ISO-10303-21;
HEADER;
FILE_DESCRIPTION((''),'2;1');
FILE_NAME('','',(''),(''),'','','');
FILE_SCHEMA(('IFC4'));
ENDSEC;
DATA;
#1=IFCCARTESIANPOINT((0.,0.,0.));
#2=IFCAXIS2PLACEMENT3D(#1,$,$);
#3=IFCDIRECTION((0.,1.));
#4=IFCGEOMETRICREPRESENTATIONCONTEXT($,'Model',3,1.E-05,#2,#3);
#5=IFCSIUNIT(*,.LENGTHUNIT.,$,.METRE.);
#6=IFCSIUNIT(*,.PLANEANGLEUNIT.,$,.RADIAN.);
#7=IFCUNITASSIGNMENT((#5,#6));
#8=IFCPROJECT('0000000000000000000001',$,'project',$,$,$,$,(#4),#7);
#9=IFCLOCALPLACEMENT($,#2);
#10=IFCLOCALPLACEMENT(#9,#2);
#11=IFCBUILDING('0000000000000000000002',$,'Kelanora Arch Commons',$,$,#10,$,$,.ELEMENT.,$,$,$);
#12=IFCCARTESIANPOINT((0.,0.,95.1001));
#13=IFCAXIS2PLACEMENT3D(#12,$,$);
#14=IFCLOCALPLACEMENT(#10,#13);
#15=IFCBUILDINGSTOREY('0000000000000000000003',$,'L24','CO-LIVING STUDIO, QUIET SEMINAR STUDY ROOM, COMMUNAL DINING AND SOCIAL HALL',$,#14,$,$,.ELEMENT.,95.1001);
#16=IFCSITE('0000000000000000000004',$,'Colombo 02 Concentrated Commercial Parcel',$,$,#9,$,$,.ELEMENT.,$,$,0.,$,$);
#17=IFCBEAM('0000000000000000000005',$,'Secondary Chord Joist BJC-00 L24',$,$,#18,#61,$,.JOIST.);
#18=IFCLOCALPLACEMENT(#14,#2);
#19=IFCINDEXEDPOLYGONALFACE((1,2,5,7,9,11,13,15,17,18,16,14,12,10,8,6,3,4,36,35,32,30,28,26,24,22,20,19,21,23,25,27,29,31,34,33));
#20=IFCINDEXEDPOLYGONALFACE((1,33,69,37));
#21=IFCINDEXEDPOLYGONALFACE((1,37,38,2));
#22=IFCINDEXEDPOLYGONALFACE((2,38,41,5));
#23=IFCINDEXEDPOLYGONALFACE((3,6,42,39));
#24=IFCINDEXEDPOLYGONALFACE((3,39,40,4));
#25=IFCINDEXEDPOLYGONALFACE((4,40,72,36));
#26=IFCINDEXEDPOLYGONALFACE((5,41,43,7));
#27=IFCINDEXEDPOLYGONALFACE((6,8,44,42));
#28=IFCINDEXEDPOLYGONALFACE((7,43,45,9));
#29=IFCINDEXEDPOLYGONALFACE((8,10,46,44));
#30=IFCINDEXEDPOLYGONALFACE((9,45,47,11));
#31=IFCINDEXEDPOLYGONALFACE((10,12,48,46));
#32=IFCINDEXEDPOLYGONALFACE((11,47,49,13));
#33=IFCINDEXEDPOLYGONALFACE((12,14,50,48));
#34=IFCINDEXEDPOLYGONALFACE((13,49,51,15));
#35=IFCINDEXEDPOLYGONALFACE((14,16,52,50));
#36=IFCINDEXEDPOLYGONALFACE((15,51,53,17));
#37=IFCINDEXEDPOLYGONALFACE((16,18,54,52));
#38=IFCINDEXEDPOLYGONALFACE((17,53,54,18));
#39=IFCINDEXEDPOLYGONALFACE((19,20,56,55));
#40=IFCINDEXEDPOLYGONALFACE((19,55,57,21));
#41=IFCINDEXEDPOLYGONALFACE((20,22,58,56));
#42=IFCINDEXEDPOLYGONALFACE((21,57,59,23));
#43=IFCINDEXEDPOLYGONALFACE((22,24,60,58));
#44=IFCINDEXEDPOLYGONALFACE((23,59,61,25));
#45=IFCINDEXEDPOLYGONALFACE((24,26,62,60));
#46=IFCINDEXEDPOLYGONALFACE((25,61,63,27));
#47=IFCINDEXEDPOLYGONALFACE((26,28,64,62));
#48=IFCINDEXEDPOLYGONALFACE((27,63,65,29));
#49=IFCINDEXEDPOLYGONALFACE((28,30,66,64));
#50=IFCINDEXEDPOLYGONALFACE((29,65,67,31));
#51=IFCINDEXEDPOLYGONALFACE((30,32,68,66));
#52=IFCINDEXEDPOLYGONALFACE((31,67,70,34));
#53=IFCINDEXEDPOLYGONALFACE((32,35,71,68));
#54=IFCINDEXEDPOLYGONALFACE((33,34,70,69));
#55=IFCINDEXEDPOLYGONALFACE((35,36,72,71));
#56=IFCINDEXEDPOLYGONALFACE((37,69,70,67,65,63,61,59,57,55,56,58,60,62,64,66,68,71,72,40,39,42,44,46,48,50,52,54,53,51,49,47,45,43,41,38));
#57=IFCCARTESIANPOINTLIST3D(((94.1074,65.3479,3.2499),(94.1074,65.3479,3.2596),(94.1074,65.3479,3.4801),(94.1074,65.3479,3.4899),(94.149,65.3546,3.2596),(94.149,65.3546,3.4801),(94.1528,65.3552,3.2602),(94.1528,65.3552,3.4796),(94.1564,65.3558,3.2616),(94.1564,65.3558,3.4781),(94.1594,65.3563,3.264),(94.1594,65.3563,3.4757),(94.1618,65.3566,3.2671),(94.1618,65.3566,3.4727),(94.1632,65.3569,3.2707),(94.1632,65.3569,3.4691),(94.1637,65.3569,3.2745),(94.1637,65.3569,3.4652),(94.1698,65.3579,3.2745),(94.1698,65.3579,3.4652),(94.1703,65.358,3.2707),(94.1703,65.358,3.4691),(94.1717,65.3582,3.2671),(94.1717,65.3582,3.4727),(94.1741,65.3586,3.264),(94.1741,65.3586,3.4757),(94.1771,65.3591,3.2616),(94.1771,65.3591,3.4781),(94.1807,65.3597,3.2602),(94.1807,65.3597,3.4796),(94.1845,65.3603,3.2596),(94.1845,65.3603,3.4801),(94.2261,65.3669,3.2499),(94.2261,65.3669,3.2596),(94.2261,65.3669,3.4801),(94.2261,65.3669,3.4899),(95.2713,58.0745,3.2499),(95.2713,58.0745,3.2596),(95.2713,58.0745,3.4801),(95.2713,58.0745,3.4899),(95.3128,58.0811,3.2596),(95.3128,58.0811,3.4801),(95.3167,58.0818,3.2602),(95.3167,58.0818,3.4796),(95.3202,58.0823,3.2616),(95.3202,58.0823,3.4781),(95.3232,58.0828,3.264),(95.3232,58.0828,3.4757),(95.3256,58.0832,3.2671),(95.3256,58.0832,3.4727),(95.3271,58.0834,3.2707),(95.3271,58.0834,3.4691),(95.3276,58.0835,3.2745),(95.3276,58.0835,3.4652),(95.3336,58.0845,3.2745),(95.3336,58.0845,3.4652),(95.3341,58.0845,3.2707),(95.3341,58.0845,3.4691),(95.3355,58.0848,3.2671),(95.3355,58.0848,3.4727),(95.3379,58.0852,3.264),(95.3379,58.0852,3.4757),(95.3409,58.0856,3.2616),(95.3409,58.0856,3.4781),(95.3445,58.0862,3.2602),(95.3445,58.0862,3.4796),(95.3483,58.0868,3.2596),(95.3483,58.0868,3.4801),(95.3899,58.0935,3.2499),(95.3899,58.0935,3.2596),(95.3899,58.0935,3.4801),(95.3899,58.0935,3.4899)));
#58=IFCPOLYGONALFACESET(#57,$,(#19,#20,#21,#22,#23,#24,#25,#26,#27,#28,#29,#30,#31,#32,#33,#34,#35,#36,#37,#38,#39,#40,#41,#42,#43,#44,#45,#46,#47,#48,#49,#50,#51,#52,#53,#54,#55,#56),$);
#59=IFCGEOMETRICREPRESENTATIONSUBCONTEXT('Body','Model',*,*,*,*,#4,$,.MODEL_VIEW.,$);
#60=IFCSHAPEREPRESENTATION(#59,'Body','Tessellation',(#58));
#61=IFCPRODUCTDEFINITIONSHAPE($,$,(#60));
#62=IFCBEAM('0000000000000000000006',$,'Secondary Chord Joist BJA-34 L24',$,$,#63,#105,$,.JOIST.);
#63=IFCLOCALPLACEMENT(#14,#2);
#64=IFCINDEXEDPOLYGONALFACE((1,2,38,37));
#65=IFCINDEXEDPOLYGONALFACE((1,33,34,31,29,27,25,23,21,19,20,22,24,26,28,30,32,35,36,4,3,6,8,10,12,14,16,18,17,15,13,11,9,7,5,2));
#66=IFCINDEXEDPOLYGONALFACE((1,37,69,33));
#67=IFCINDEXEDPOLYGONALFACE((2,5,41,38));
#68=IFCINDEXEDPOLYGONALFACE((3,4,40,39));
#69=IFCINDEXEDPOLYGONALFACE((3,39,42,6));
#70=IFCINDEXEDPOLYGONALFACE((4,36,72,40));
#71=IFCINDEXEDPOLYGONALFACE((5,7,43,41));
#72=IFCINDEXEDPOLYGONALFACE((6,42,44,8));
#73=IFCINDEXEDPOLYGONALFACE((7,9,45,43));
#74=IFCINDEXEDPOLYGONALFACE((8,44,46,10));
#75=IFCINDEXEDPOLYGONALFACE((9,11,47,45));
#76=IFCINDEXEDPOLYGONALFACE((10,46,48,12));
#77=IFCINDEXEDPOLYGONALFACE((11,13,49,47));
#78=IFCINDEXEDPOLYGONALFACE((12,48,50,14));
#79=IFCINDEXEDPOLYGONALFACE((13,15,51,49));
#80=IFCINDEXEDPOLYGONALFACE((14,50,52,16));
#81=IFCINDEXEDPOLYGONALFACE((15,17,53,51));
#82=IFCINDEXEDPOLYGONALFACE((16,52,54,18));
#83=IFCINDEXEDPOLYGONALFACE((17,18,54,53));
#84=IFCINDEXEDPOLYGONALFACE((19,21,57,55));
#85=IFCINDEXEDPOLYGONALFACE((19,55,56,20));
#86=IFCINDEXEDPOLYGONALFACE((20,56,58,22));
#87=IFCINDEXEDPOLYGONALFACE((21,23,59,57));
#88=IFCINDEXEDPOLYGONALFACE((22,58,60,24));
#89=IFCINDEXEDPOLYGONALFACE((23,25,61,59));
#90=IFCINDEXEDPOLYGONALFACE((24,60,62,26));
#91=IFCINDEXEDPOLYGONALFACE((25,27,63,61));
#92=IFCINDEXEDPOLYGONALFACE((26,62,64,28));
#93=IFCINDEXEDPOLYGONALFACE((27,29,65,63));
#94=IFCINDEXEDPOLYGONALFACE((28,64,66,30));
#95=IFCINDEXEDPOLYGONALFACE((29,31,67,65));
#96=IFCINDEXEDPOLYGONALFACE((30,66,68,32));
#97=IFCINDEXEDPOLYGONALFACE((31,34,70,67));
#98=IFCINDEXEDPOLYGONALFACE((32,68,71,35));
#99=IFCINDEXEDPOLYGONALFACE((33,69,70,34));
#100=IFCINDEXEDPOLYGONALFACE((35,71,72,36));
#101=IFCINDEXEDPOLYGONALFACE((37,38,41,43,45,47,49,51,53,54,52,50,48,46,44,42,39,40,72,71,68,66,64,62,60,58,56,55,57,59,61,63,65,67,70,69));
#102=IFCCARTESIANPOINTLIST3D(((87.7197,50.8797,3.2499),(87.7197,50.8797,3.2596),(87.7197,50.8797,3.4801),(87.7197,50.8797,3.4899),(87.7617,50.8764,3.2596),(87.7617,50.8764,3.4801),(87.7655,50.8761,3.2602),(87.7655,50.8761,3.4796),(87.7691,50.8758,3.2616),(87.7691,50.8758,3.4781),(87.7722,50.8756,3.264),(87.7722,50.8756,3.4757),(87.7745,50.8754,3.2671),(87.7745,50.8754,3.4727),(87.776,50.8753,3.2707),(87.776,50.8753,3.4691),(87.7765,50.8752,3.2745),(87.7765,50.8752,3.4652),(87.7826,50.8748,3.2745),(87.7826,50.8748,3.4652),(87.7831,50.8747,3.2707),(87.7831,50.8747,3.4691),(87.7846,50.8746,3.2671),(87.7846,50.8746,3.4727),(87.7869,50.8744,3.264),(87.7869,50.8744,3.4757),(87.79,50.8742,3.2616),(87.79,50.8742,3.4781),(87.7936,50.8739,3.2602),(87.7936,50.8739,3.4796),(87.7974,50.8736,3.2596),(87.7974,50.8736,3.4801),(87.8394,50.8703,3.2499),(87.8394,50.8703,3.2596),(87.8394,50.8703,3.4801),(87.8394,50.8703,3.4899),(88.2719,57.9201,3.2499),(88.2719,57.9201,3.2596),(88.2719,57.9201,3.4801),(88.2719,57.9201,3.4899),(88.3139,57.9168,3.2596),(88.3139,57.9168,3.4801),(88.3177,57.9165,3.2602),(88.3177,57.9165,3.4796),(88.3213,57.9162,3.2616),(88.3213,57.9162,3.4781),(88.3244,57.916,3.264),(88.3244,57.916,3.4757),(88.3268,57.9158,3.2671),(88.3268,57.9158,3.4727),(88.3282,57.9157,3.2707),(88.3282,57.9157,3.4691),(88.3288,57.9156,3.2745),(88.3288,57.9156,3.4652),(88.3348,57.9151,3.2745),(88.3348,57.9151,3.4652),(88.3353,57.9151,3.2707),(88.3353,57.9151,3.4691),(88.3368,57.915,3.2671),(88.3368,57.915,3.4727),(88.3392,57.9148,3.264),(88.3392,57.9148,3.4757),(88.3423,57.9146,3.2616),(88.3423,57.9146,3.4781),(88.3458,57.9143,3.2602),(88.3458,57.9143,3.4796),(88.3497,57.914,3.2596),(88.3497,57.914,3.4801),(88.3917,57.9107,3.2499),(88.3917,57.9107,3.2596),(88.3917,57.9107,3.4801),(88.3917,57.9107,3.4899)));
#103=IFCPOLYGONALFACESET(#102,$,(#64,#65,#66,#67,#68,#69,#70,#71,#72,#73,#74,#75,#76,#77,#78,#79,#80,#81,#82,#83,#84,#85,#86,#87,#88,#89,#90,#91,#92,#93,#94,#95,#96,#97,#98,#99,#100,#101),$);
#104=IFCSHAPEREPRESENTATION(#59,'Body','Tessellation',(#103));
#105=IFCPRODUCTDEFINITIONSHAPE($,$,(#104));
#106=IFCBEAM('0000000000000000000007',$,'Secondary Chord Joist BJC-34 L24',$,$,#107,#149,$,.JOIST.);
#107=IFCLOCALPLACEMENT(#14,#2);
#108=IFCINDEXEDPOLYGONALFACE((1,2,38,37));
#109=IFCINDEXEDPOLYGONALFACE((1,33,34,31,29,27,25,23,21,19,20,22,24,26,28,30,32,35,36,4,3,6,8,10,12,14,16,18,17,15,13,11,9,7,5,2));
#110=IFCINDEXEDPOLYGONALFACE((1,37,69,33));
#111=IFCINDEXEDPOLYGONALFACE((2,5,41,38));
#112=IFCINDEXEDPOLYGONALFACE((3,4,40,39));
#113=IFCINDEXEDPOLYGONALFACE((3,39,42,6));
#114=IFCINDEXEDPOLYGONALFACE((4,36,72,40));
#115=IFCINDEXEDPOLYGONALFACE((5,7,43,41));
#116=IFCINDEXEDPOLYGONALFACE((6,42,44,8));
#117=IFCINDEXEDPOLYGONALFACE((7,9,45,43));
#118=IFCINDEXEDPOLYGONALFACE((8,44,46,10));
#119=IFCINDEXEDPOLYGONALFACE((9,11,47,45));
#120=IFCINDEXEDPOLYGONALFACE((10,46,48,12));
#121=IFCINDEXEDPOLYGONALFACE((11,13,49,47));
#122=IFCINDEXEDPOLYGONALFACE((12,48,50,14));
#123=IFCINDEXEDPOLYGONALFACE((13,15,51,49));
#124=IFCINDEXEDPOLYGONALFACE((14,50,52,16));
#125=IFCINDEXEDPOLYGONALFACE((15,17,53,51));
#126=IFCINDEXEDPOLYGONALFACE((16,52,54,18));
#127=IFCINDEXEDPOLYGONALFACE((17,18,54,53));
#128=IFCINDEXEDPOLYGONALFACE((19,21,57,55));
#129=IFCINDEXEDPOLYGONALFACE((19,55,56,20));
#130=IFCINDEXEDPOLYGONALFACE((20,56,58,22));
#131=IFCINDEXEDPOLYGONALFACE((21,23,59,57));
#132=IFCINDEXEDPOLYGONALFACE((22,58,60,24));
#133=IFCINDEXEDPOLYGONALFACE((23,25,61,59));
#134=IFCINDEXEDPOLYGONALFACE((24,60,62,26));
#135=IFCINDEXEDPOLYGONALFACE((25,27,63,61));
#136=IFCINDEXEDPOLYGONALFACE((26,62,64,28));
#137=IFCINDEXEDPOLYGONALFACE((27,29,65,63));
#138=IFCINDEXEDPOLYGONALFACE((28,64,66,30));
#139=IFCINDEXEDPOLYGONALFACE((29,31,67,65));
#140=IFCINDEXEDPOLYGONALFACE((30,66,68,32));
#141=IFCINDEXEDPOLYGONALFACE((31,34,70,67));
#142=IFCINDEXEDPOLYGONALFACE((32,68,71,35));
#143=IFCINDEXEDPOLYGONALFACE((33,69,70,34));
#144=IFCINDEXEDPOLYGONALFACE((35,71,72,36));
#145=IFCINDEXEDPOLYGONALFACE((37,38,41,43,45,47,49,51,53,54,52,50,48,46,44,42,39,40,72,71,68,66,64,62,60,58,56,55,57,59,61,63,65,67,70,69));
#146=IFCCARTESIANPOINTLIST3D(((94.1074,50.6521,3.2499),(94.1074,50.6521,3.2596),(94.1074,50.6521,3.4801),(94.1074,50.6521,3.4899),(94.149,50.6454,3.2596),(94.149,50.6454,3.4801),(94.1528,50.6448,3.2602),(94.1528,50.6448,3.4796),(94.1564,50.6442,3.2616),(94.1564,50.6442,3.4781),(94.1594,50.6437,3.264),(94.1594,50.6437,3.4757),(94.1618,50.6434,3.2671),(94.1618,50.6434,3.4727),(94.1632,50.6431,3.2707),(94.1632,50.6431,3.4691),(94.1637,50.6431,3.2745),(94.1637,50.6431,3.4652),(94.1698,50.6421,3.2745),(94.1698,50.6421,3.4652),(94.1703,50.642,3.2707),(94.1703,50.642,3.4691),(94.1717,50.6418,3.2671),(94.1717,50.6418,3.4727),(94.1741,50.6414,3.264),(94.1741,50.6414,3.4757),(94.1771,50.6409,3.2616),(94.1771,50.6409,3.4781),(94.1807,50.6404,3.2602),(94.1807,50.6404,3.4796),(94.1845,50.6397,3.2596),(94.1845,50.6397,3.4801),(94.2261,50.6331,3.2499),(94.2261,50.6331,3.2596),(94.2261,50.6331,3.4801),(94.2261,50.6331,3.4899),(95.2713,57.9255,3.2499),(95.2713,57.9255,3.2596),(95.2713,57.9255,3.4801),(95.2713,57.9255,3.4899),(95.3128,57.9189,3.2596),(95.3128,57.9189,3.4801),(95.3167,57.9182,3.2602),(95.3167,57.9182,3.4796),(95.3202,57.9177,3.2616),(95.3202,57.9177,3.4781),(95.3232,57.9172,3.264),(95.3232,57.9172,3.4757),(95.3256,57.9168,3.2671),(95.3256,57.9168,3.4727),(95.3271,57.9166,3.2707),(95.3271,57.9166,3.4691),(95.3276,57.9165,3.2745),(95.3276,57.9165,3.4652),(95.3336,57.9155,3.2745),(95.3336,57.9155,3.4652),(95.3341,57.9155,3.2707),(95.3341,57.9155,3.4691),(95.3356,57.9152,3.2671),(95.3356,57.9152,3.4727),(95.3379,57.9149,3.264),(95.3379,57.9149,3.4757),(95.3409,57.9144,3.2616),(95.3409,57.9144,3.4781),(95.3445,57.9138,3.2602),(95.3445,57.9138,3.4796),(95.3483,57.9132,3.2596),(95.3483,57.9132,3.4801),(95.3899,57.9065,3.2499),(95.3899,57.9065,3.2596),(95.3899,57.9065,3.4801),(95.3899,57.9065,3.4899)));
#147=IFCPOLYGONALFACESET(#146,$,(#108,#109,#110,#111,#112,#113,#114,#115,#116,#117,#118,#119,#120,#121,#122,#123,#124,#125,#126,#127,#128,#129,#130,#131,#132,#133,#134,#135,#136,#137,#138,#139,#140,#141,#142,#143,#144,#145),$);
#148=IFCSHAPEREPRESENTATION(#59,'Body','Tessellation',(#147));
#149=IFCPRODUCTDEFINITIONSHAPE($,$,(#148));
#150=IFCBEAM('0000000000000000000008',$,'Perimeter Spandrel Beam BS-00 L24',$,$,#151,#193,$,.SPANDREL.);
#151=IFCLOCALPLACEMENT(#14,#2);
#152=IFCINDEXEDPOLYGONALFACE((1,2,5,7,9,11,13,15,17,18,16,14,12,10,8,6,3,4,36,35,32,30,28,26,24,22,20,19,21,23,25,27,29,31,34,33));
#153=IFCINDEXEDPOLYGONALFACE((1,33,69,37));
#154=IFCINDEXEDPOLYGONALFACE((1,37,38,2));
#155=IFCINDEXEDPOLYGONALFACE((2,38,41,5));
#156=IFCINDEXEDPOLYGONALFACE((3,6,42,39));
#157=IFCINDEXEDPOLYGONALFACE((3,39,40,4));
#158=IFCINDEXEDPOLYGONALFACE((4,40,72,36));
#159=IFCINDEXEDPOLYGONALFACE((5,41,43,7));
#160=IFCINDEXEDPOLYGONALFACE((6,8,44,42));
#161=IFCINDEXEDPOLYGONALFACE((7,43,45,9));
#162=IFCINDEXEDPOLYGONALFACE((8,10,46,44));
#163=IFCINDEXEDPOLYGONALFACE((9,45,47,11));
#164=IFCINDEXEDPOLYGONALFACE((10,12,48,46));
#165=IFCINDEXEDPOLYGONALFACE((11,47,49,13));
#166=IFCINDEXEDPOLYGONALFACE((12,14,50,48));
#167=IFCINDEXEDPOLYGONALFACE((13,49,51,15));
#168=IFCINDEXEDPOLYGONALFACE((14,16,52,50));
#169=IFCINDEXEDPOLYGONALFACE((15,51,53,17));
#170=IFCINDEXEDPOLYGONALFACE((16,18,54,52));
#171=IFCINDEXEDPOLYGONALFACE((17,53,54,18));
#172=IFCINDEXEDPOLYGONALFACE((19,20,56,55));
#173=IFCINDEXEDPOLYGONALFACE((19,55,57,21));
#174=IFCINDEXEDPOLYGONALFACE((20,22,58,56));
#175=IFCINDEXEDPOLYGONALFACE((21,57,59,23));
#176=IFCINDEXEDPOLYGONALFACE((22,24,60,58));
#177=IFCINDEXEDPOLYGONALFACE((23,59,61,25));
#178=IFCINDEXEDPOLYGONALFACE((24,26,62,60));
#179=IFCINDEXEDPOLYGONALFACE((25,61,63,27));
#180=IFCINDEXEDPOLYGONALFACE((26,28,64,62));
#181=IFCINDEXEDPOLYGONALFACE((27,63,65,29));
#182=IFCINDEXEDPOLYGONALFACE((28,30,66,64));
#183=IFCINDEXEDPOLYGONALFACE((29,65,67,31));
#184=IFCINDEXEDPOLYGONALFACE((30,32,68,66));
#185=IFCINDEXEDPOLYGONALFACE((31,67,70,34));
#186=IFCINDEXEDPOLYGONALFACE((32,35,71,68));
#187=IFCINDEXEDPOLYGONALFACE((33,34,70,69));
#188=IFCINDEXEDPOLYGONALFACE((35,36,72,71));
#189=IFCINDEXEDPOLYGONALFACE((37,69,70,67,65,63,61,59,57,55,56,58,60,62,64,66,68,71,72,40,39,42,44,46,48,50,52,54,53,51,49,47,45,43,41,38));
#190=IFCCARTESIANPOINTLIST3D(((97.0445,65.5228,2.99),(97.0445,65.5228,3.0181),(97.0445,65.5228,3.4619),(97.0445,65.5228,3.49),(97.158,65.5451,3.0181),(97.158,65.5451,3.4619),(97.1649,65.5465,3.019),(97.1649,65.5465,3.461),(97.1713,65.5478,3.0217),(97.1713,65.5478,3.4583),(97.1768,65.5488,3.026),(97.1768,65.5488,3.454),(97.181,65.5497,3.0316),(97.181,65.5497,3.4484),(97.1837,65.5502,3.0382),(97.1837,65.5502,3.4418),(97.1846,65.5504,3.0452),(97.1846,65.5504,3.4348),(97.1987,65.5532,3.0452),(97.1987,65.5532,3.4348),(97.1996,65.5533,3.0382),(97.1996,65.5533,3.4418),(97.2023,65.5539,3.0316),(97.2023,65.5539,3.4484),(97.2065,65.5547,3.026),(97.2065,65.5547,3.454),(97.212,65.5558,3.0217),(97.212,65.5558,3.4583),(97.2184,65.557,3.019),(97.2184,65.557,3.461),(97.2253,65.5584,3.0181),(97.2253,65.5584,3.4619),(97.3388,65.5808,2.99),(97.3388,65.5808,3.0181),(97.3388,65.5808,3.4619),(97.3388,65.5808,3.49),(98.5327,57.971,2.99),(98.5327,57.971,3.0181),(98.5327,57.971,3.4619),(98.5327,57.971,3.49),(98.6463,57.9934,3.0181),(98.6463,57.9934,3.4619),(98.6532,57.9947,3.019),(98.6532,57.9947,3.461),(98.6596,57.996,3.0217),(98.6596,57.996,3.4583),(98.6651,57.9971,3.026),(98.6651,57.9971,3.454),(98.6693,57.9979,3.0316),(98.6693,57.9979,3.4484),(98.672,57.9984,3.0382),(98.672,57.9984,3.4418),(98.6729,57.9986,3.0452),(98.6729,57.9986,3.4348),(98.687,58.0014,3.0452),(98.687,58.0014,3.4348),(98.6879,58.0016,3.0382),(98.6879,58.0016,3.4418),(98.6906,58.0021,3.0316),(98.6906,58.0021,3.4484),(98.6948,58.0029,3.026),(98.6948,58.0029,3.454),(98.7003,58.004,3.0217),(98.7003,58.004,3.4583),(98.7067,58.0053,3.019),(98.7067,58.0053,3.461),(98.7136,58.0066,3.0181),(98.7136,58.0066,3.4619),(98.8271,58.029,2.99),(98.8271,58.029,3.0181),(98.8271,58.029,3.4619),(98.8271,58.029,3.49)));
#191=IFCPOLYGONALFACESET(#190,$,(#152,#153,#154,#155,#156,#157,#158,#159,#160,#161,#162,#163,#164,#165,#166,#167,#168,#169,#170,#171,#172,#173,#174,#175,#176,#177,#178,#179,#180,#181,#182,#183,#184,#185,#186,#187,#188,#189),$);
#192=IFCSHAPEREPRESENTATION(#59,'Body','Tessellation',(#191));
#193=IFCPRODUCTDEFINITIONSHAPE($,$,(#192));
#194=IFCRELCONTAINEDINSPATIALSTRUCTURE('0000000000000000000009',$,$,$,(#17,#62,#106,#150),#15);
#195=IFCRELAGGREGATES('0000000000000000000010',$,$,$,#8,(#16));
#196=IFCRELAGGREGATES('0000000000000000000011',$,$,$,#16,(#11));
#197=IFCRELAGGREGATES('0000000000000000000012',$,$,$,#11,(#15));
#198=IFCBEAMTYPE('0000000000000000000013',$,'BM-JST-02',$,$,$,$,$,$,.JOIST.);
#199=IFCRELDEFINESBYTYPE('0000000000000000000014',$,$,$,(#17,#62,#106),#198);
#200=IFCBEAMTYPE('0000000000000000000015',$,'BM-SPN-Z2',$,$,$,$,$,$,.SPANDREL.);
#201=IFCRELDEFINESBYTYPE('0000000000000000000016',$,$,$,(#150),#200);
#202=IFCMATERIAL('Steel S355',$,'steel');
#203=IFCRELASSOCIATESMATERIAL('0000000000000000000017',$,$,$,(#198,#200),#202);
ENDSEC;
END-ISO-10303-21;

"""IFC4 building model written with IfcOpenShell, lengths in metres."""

from ifc_helpers import new_model, si_unit, direction, frame, origin, origin_2d, place, context, subcontext, project, spatial, i_section, extrude, material, material_profile, profile_set, type_object, element, save


model = new_model("IFC4")

# Units and contexts
model_context = context("Model", 3, precision=1e-05, world=origin(), true_north=direction((0.0, 1.0)))
body_context = subcontext(model_context, "Body", "Model", "MODEL_VIEW")
ifc_project = project(units=[si_unit("LENGTHUNIT", "METRE"), si_unit("PLANEANGLEUNIT", "RADIAN")], contexts=[model_context])

# Site, building, storey
site_placement = place(None, origin())
site = spatial("IfcSite", under=ifc_project, at=site_placement, Name="Colombo 02 Concentrated Commercial Parcel", CompositionType="ELEMENT", RefElevation=0.0)
building_placement = place(site_placement, origin())
building = spatial("IfcBuilding", under=site, at=building_placement, Name="Kelanora Arch Commons", CompositionType="ELEMENT")
storey_placement = place(building_placement, frame((0.0, 0.0, 95.1001)))
storey = spatial("IfcBuildingStorey", under=building, at=storey_placement, Name="L24", Description="CO-LIVING STUDIO, QUIET SEMINAR STUDY ROOM, COMMUNAL DINING AND SOCIAL HALL", CompositionType="ELEMENT", Elevation=95.1001)

# Beams
ifc_material_1 = material(Name="Steel S355", Category="steel")
ifc_material_profile_1 = material_profile(ifc_material_1, i_section(OverallWidth=0.1201, OverallDepth=0.24, WebThickness=0.0061, FlangeThickness=0.0098, FilletRadius=0.0149, at=origin_2d()), Name="IPE240")
ifc_profile_set_1 = profile_set([ifc_material_profile_1], Name="Steel S355")
beam_type_1 = type_object("IfcBeamType", Name="BM-JST-02", PredefinedType="JOIST", material=ifc_profile_set_1)
beam_1_placement = place(storey_placement, frame((95.3306, 58.084, 3.3699), z_axis=(-0.158, 0.987439, 0.0), x_axis=(-0.987439, -0.158, 0.0)))
element("IfcBeam", 1, at=beam_1_placement, inside=storey, type_object=beam_type_1, Name="Secondary Chord Joist BJC-00 L24", PredefinedType="JOIST", context=body_context, shape_type="SweptSolid", body=[
    extrude(i_section(OverallWidth=0.1201, OverallDepth=0.24, WebThickness=0.0061, FlangeThickness=0.0098, FilletRadius=0.0149, at=origin_2d()), origin(), (0.0, 0.0, 1.0), 7.366),
])
beam_2_placement = place(storey_placement, frame((87.7795, 50.875, 3.3699), z_axis=(0.078201, 0.996938, 0.0), x_axis=(-0.996938, 0.078201, 0.0)))
element("IfcBeam", 2, at=beam_2_placement, inside=storey, type_object=beam_type_1, Name="Secondary Chord Joist BJA-34 L24", PredefinedType="JOIST", context=body_context, shape_type="SweptSolid", body=[
    extrude(i_section(OverallWidth=0.1201, OverallDepth=0.24, WebThickness=0.0061, FlangeThickness=0.0098, FilletRadius=0.0149, at=origin_2d()), origin(), (0.0, 0.0, 1.0), 7.062),
])
beam_3_placement = place(storey_placement, frame((94.1667, 50.6426, 3.3699), z_axis=(0.158, 0.987439, 0.0), x_axis=(-0.987439, 0.158, 0.0)))
element("IfcBeam", 3, at=beam_3_placement, inside=storey, type_object=beam_type_1, Name="Secondary Chord Joist BJC-34 L24", PredefinedType="JOIST", context=body_context, shape_type="SweptSolid", body=[
    extrude(i_section(OverallWidth=0.1201, OverallDepth=0.24, WebThickness=0.0061, FlangeThickness=0.0098, FilletRadius=0.0149, at=origin_2d()), origin(), (0.0, 0.0, 1.0), 7.366),
])
ifc_material_profile_2 = material_profile(ifc_material_1, i_section(OverallWidth=0.3, OverallDepth=0.5, WebThickness=0.0144, FlangeThickness=0.0281, FilletRadius=0.0271, at=origin_2d()), Name="HEB500")
ifc_profile_set_2 = profile_set([ifc_material_profile_2], Name="Steel S355")
beam_type_2 = type_object("IfcBeamType", Name="BM-SPN-Z2", PredefinedType="SPANDREL", material=ifc_profile_set_2)
for number, where, z_axis, x_axis, name in (
    (4, (98.6799, 58.0, 3.24), (-0.193358, 0.981128, 0.0), (-0.981128, -0.193358, 0.0), "Perimeter Spandrel Beam BS-00 L24"),
):
    element("IfcBeam", number, at=place(storey_placement, frame(where, z_axis=z_axis, x_axis=x_axis)), inside=storey, type_object=beam_type_2, Name=name, PredefinedType="SPANDREL", context=body_context, shape_type="SweptSolid", body=[
        extrude(i_section(OverallWidth=0.3, OverallDepth=0.5, WebThickness=0.0144, FlangeThickness=0.0281, FilletRadius=0.0271, at=origin_2d()), origin(), (0.0, 0.0, 1.0), 7.697),
    ])

save(model, "model.ifc")
